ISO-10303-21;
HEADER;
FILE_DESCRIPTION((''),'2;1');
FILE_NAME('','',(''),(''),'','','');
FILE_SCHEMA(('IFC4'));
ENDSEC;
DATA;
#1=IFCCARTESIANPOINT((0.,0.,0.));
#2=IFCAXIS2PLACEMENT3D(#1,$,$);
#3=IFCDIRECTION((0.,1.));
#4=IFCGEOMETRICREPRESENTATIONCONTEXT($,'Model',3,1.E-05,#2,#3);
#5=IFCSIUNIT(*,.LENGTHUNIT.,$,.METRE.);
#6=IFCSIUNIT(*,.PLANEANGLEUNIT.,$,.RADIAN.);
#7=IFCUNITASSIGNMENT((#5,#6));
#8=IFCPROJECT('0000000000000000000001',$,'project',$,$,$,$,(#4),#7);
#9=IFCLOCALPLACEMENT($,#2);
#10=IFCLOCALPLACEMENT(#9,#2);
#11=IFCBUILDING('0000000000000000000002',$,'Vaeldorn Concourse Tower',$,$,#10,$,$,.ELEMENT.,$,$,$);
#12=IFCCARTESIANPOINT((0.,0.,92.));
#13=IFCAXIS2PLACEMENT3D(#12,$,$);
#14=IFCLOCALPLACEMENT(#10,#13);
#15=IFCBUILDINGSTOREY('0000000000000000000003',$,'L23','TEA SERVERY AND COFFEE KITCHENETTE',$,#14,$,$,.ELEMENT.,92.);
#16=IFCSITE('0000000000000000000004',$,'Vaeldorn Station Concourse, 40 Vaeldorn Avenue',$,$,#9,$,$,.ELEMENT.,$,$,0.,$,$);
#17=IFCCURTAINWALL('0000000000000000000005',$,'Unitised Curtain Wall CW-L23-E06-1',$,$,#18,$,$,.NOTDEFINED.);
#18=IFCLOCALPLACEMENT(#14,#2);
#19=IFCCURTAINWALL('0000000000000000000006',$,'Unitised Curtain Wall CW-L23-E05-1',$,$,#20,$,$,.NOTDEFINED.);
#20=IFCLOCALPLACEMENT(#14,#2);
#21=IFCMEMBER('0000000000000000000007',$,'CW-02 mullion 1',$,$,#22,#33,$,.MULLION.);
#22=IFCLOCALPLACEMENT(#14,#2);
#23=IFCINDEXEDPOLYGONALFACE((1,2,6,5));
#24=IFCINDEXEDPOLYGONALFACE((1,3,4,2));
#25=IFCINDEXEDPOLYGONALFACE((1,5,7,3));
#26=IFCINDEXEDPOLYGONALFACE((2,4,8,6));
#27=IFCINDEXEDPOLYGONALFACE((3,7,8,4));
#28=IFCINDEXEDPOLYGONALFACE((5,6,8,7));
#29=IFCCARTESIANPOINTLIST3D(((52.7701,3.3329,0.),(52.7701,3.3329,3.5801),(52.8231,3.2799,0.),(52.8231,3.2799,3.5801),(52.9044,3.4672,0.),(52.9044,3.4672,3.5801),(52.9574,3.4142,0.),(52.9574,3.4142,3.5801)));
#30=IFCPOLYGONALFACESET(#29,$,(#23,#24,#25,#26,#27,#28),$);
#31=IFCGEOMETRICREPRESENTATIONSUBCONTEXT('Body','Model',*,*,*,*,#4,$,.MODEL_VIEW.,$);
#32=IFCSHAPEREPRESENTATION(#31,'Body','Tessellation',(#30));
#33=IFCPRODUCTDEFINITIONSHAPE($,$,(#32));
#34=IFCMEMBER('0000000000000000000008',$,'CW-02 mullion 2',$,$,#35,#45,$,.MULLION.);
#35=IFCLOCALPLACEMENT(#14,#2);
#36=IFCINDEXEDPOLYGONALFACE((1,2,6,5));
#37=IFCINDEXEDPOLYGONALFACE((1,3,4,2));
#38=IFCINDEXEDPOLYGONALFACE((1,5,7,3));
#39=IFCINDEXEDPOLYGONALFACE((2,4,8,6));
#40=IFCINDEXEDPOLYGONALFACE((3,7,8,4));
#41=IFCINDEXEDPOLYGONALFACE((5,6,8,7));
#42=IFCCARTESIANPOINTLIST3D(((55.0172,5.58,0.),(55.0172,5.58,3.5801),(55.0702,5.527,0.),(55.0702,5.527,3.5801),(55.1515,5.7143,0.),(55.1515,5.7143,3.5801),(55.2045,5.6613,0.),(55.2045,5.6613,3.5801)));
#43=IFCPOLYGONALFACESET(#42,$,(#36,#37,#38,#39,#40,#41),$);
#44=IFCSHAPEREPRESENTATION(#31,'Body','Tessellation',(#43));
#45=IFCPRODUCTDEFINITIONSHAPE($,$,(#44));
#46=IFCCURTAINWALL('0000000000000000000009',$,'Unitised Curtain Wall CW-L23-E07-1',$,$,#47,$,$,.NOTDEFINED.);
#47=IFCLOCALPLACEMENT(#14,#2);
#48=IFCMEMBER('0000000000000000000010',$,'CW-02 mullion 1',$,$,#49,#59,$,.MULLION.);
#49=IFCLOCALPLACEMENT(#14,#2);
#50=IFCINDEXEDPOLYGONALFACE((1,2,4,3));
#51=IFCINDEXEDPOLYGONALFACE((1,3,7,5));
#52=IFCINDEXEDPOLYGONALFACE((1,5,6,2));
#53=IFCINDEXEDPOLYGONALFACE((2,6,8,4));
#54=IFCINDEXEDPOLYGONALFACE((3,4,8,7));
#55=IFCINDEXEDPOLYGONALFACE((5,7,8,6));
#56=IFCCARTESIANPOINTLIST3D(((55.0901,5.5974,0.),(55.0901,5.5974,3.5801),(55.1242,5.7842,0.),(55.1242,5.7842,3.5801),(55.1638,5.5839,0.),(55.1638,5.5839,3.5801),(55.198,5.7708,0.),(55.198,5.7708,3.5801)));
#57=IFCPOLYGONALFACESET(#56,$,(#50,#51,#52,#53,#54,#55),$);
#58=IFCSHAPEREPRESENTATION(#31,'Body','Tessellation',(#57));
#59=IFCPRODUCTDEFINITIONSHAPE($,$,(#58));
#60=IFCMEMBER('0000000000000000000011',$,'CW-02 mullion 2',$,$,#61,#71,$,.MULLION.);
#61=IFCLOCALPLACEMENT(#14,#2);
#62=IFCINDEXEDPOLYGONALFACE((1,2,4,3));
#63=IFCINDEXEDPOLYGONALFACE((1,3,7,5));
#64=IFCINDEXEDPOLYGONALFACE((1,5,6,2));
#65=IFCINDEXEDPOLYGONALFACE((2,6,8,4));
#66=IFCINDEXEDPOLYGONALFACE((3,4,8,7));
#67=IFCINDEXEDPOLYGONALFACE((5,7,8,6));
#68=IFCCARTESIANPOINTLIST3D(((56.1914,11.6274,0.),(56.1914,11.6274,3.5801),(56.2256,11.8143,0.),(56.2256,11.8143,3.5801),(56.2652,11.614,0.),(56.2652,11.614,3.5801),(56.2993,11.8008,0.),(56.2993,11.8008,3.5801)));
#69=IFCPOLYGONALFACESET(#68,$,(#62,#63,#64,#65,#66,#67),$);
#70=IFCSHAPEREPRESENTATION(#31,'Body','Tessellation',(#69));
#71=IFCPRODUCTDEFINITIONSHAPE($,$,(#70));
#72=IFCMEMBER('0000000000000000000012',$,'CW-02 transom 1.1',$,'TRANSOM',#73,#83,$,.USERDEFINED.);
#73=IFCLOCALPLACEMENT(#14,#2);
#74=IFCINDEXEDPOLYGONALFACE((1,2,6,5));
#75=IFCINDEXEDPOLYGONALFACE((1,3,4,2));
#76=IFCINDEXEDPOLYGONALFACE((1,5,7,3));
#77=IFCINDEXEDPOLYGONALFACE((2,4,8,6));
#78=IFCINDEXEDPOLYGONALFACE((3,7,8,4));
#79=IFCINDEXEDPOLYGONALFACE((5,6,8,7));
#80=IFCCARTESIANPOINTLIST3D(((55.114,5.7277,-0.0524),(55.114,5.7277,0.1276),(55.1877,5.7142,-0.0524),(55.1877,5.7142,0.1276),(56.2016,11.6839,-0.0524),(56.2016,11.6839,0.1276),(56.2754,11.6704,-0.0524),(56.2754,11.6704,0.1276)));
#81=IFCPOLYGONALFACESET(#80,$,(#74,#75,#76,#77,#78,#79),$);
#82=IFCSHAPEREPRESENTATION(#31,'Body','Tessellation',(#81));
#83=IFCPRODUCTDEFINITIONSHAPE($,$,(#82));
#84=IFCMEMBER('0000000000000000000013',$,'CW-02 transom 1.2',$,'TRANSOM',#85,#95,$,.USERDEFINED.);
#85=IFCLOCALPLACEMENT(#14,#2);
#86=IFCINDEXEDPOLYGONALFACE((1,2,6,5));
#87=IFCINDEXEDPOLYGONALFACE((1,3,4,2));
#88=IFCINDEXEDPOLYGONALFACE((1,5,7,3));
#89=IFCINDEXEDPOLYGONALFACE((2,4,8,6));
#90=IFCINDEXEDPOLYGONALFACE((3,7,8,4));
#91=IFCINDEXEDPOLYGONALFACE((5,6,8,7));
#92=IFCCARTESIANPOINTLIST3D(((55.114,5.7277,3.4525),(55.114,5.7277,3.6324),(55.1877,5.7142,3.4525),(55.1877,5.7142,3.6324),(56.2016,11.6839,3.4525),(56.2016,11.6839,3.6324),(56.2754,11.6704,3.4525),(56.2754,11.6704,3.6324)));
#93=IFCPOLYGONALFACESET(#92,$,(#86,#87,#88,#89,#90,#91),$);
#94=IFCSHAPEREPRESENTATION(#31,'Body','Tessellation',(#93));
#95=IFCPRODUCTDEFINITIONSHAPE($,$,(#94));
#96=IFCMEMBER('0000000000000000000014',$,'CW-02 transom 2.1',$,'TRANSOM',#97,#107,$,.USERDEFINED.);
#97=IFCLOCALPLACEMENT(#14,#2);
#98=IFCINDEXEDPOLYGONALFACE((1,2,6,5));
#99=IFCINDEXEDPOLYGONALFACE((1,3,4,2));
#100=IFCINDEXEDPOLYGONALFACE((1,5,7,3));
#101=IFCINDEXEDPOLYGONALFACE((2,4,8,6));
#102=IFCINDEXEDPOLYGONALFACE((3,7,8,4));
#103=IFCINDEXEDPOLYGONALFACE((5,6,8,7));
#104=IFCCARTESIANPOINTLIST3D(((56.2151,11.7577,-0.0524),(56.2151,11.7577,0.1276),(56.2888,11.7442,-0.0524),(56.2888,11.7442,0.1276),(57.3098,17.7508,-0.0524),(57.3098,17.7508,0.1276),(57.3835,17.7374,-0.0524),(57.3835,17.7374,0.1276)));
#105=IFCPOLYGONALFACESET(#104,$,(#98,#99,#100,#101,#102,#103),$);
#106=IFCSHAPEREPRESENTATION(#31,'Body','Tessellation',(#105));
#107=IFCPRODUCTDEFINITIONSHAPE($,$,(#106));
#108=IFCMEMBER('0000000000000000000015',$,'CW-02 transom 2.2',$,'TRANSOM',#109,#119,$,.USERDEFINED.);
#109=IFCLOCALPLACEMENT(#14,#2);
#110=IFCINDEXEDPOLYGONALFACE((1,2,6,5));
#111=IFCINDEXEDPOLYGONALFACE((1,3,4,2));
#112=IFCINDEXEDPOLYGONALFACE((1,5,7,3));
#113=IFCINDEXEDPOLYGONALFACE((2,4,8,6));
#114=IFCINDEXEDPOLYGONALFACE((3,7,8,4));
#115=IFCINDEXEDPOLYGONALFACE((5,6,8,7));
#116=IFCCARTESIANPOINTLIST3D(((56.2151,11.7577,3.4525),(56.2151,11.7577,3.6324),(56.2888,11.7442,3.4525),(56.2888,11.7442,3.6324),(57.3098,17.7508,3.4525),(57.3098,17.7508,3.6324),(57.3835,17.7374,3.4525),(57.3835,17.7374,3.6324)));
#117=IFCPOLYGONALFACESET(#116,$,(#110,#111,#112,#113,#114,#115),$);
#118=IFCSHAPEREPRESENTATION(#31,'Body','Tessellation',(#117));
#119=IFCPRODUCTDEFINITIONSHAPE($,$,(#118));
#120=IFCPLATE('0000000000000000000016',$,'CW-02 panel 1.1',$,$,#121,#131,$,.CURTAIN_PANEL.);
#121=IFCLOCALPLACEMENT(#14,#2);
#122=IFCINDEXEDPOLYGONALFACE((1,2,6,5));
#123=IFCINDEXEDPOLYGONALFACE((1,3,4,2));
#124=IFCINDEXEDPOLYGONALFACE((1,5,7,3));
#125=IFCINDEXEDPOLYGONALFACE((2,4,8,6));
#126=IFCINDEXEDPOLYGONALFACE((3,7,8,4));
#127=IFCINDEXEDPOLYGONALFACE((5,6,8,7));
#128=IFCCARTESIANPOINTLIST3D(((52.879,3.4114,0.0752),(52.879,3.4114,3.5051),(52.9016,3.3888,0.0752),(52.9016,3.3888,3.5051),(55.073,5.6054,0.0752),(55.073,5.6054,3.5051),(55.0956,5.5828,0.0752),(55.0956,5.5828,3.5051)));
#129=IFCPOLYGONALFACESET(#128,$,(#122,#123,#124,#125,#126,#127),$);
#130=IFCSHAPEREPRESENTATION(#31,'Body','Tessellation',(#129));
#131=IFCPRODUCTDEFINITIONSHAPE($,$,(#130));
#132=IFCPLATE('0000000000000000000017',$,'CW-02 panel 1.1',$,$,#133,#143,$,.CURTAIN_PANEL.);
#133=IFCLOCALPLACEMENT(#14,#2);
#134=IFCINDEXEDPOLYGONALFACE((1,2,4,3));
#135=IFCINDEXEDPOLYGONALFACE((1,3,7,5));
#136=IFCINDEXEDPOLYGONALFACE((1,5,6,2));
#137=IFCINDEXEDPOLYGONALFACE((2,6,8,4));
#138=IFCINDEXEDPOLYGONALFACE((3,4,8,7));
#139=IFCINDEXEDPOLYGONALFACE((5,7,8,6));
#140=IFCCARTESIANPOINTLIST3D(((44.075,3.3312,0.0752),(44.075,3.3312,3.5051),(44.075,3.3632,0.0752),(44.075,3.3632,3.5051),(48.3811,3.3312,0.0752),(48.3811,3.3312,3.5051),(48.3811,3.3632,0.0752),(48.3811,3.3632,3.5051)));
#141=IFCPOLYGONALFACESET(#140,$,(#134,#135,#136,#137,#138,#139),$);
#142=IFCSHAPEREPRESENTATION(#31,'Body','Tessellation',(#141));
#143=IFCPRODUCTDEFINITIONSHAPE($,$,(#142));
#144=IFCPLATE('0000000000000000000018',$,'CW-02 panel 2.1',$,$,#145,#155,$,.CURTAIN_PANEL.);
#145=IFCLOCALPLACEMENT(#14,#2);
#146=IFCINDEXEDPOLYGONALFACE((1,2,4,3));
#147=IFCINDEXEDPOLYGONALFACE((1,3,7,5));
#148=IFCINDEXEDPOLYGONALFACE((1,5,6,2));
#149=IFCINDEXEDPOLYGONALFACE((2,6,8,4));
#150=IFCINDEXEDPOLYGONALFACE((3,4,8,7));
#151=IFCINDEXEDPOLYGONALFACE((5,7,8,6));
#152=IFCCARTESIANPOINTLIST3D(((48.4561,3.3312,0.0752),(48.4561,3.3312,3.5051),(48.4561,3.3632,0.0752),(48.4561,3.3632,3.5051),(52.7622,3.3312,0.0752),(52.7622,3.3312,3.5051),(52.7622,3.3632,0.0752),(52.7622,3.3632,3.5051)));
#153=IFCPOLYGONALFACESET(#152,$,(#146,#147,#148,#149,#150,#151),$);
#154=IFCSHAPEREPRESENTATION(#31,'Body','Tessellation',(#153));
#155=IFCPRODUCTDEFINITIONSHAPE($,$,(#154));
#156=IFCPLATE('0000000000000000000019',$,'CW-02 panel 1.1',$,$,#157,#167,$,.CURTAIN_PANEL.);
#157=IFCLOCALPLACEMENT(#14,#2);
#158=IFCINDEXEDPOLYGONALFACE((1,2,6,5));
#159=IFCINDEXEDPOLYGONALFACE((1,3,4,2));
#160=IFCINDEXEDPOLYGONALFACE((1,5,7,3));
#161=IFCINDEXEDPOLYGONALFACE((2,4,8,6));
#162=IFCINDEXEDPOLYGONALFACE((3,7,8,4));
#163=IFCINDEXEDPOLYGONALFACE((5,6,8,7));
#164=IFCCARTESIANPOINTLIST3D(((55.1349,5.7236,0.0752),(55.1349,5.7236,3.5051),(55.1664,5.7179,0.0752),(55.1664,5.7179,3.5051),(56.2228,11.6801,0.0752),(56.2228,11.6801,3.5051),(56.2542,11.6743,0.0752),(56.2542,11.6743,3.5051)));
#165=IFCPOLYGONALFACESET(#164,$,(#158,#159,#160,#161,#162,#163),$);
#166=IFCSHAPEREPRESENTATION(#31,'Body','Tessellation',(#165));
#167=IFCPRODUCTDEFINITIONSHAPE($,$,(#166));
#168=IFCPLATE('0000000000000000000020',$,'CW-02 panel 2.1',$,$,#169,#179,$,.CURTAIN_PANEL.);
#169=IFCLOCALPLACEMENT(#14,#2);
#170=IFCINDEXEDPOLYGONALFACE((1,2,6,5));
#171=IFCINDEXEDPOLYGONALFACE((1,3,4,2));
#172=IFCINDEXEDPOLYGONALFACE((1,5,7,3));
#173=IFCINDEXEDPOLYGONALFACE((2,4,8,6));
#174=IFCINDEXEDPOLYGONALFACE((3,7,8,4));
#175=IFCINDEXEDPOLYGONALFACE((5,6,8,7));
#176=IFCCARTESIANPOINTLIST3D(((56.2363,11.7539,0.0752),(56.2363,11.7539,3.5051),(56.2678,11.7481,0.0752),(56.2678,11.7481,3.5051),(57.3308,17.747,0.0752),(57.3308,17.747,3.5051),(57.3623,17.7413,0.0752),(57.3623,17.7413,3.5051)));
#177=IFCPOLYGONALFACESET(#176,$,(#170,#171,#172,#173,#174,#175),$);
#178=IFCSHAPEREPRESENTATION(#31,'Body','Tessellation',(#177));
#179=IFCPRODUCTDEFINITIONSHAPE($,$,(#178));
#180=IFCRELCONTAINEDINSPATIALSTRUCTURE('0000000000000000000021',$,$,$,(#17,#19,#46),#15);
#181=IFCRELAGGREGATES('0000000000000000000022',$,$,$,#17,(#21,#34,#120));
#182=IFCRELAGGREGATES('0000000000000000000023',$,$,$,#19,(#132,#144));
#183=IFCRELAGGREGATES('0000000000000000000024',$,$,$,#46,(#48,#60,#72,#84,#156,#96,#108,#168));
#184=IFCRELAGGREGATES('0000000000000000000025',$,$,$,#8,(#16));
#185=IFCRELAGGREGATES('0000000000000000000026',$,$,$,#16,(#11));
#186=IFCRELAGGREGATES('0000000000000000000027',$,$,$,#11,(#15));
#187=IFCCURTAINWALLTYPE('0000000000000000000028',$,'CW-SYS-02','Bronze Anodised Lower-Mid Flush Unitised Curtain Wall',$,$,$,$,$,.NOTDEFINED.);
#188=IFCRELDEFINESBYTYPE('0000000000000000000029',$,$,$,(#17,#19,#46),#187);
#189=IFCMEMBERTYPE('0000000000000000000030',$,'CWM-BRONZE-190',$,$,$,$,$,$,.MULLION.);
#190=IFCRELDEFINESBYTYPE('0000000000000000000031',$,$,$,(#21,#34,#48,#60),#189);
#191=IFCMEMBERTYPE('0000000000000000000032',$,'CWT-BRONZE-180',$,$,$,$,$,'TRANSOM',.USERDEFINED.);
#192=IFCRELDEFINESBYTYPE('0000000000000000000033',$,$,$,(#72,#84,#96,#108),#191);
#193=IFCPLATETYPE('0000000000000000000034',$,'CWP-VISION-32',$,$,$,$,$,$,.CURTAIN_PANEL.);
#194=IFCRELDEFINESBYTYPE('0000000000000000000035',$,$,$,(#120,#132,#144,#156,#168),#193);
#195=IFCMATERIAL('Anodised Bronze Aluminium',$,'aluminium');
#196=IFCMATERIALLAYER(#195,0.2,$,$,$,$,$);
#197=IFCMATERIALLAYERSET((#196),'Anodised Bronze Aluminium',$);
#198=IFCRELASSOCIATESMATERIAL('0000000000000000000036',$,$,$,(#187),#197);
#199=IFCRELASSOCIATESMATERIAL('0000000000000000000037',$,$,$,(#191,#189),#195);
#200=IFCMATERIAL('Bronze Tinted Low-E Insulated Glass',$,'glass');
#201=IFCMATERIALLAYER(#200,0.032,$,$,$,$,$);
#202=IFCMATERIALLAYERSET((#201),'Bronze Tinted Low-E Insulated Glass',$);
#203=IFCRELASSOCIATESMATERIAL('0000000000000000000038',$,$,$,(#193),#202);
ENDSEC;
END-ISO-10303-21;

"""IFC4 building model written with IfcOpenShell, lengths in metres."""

from ifc_helpers import new_model, si_unit, direction, frame, origin, origin_2d, place, context, subcontext, project, spatial, rectangle, extrude, source, transform, mapped, material, layer, layer_set, material_profile, profile_set, type_object, element, aggregate, save


model = new_model("IFC4")

# Units and contexts
model_context = context("Model", 3, precision=1e-05, world=origin(), true_north=direction((0.0, 1.0)))
body_context = subcontext(model_context, "Body", "Model", "MODEL_VIEW")
ifc_project = project(units=[si_unit("LENGTHUNIT", "METRE"), si_unit("PLANEANGLEUNIT", "RADIAN")], contexts=[model_context])

# Site, building, storey
site_placement = place(None, origin())
site = spatial("IfcSite", under=ifc_project, at=site_placement, Name="Vaeldorn Station Concourse, 40 Vaeldorn Avenue", CompositionType="ELEMENT", RefElevation=0.0)
building_placement = place(site_placement, origin())
building = spatial("IfcBuilding", under=site, at=building_placement, Name="Vaeldorn Concourse Tower", CompositionType="ELEMENT")
storey_placement = place(building_placement, frame((0.0, 0.0, 92.0)))
storey = spatial("IfcBuildingStorey", under=building, at=storey_placement, Name="L23", Description="TEA SERVERY AND COFFEE KITCHENETTE", CompositionType="ELEMENT", Elevation=92.0)

# Curtain walls
ifc_material_1 = material(Name="Anodised Bronze Aluminium", Category="aluminium")
ifc_layer_1 = layer(ifc_material_1, 0.2)
ifc_layer_set_1 = layer_set([ifc_layer_1], Name="Anodised Bronze Aluminium")
curtain_wall_type = type_object("IfcCurtainWallType", Name="CW-SYS-02", Description="Bronze Anodised Lower-Mid Flush Unitised Curtain Wall", PredefinedType="NOTDEFINED", material=ifc_layer_set_1)
curtain_wall_1_placement = place(storey_placement, origin())
curtain_wall_1 = element("IfcCurtainWall", 1, at=curtain_wall_1_placement, inside=storey, type_object=curtain_wall_type, Name="Unitised Curtain Wall CW-L23-E06-1", PredefinedType="NOTDEFINED")
ifc_material_profile_1 = material_profile(ifc_material_1, rectangle(XDim=0.075, YDim=0.1799, at=origin_2d()), Name="CWT 75x180")
ifc_profile_set_1 = profile_set([ifc_material_profile_1], Name="Anodised Bronze Aluminium")
member_type_1 = type_object("IfcMemberType", Name="CWT-BRONZE-180", ElementType="TRANSOM", PredefinedType="USERDEFINED", material=ifc_profile_set_1)
curtain_wall_2_placement = place(storey_placement, origin())
curtain_wall_2 = element("IfcCurtainWall", 2, at=curtain_wall_2_placement, inside=storey, type_object=curtain_wall_type, Name="Unitised Curtain Wall CW-L23-E05-1", PredefinedType="NOTDEFINED")
ifc_material_profile_2 = material_profile(ifc_material_1, rectangle(XDim=0.075, YDim=0.1899, at=origin_2d()), Name="CWM 75x190")
ifc_profile_set_2 = profile_set([ifc_material_profile_2], Name="Anodised Bronze Aluminium")
member_type_2 = type_object("IfcMemberType", Name="CWM-BRONZE-190", PredefinedType="MULLION", material=ifc_profile_set_2)
shared_shape_1 = source(origin(), body_context, "Body", "SweptSolid", [
    extrude(rectangle(XDim=0.075, YDim=0.1899, at=origin_2d()), origin(), (0.0, 0.0, 1.0), 3.5801),
])

# Members
member_1_placement = place(storey_placement, frame((52.8638, 3.3735, 0.0), z_axis=(0.0, 0.0, 1.0), x_axis=(-0.707107, 0.707107, 0.0)))
member_1 = element("IfcMember", 3, at=member_1_placement, type_object=member_type_2, Name="CW-02 mullion 1", PredefinedType="MULLION", context=body_context, shape_type="MappedRepresentation", body=[
    mapped(shared_shape_1, transform((0.0, 0.0, 0.0), scale=1.0)),
])
member_2_placement = place(storey_placement, frame((55.1108, 5.6206, 0.0), z_axis=(0.0, 0.0, 1.0), x_axis=(-0.707107, 0.707107, 0.0)))
member_2 = element("IfcMember", 4, at=member_2_placement, type_object=member_type_2, Name="CW-02 mullion 2", PredefinedType="MULLION", context=body_context, shape_type="MappedRepresentation", body=[
    mapped(shared_shape_1, transform((0.0, 0.0, 0.0), scale=1.0)),
])

# Curtain wall, members
curtain_wall_3_placement = place(storey_placement, origin())
curtain_wall_3 = element("IfcCurtainWall", 5, at=curtain_wall_3_placement, inside=storey, type_object=curtain_wall_type, Name="Unitised Curtain Wall CW-L23-E07-1", PredefinedType="NOTDEFINED")
member_3_placement = place(storey_placement, frame((55.144, 5.6841, 0.0), z_axis=(0.0, 0.0, 1.0), x_axis=(-0.983729, 0.179656, 0.0)))
member_3 = element("IfcMember", 6, at=member_3_placement, type_object=member_type_2, Name="CW-02 mullion 1", PredefinedType="MULLION", context=body_context, shape_type="MappedRepresentation", body=[
    mapped(shared_shape_1, transform((0.0, 0.0, 0.0), scale=1.0)),
])
member_4_placement = place(storey_placement, frame((56.2454, 11.7141, 0.0), z_axis=(0.0, 0.0, 1.0), x_axis=(-0.983729, 0.179656, 0.0)))
member_4 = element("IfcMember", 7, at=member_4_placement, type_object=member_type_2, Name="CW-02 mullion 2", PredefinedType="MULLION", context=body_context, shape_type="MappedRepresentation", body=[
    mapped(shared_shape_1, transform((0.0, 0.0, 0.0), scale=1.0)),
])
shared_shape_2 = source(origin(), body_context, "Body", "SweptSolid", [
    extrude(rectangle(XDim=0.075, YDim=0.1799, at=origin_2d()), origin(), (0.0, 0.0, 1.0), 6.0547),
])
member_5_placement = place(storey_placement, frame((55.1509, 5.7209, 0.0376), z_axis=(0.179634, 0.983733, 0.0), x_axis=(-0.983733, 0.179634, 0.0)))
member_5 = element("IfcMember", 8, at=member_5_placement, type_object=member_type_1, Name="CW-02 transom 1.1", ObjectType="TRANSOM", PredefinedType="USERDEFINED", context=body_context, shape_type="MappedRepresentation", body=[
    mapped(shared_shape_2, transform((0.0, 0.0, 0.0), scale=1.0)),
])
member_6_placement = place(storey_placement, frame((55.1509, 5.7209, 3.5425), z_axis=(0.179634, 0.983733, 0.0), x_axis=(-0.983733, 0.179634, 0.0)))
member_6 = element("IfcMember", 9, at=member_6_placement, type_object=member_type_1, Name="CW-02 transom 1.2", ObjectType="TRANSOM", PredefinedType="USERDEFINED", context=body_context, shape_type="MappedRepresentation", body=[
    mapped(shared_shape_2, transform((0.0, 0.0, 0.0), scale=1.0)),
])
shared_shape_3 = source(origin(), body_context, "Body", "SweptSolid", [
    extrude(rectangle(XDim=0.075, YDim=0.1799, at=origin_2d()), origin(), (0.0, 0.0, 1.0), 6.0923),
])
member_7_placement = place(storey_placement, frame((56.252, 11.751, 0.0376), z_axis=(0.179689, 0.983723, 0.0), x_axis=(-0.983723, 0.179689, 0.0)))
member_7 = element("IfcMember", 10, at=member_7_placement, type_object=member_type_1, Name="CW-02 transom 2.1", ObjectType="TRANSOM", PredefinedType="USERDEFINED", context=body_context, shape_type="MappedRepresentation", body=[
    mapped(shared_shape_3, transform((0.0, 0.0, 0.0), scale=1.0)),
])
member_8_placement = place(storey_placement, frame((56.252, 11.751, 3.5425), z_axis=(0.179689, 0.983723, 0.0), x_axis=(-0.983723, 0.179689, 0.0)))
member_8 = element("IfcMember", 11, at=member_8_placement, type_object=member_type_1, Name="CW-02 transom 2.2", ObjectType="TRANSOM", PredefinedType="USERDEFINED", context=body_context, shape_type="MappedRepresentation", body=[
    mapped(shared_shape_3, transform((0.0, 0.0, 0.0), scale=1.0)),
])

# Plates
ifc_material_2 = material(Name="Bronze Tinted Low-E Insulated Glass", Category="glass")
ifc_layer_2 = layer(ifc_material_2, 0.032)
ifc_layer_set_2 = layer_set([ifc_layer_2], Name="Bronze Tinted Low-E Insulated Glass")
plate_type = type_object("IfcPlateType", Name="CWP-VISION-32", PredefinedType="CURTAIN_PANEL", material=ifc_layer_set_2)
shared_shape_4 = source(origin(), body_context, "Body", "SweptSolid", [
    extrude(rectangle(XDim=3.1028, YDim=0.032, at=origin_2d()), origin(), (0.0, 0.0, 1.0), 3.4299),
])
plate_1_placement = place(storey_placement, frame((53.9873, 4.4971, 0.0752), z_axis=(0.0, 0.0, 1.0), x_axis=(0.707107, 0.707107, 0.0)))
plate_1 = element("IfcPlate", 12, at=plate_1_placement, type_object=plate_type, Name="CW-02 panel 1.1", PredefinedType="CURTAIN_PANEL", context=body_context, shape_type="MappedRepresentation", body=[
    mapped(shared_shape_4, transform((0.0, 0.0, 0.0), scale=1.0)),
])
aggregate(curtain_wall_1, [member_1, member_2, plate_1])
shared_shape_5 = source(origin(), body_context, "Body", "SweptSolid", [
    extrude(rectangle(XDim=4.3062, YDim=0.032, at=origin_2d()), origin(), (0.0, 0.0, 1.0), 3.4299),
])
plate_2_placement = place(storey_placement, frame((46.228, 3.3472, 0.0752), z_axis=(0.0, 0.0, 1.0), x_axis=(1.0, 0.0, 0.0)))
plate_2 = element("IfcPlate", 13, at=plate_2_placement, type_object=plate_type, Name="CW-02 panel 1.1", PredefinedType="CURTAIN_PANEL", context=body_context, shape_type="MappedRepresentation", body=[
    mapped(shared_shape_5, transform((0.0, 0.0, 0.0), scale=1.0)),
])
plate_3_placement = place(storey_placement, frame((50.6091, 3.3472, 0.0752), z_axis=(0.0, 0.0, 1.0), x_axis=(1.0, 0.0, 0.0)))
plate_3 = element("IfcPlate", 14, at=plate_3_placement, type_object=plate_type, Name="CW-02 panel 2.1", PredefinedType="CURTAIN_PANEL", context=body_context, shape_type="MappedRepresentation", body=[
    mapped(shared_shape_5, transform((0.0, 0.0, 0.0), scale=1.0)),
])
aggregate(curtain_wall_2, [plate_2, plate_3])
shared_shape_6 = source(origin(), body_context, "Body", "SweptSolid", [
    extrude(rectangle(XDim=6.0549, YDim=0.032, at=origin_2d()), origin(), (0.0, 0.0, 1.0), 3.4299),
])
plate_4_placement = place(storey_placement, frame((55.6946, 8.699, 0.0752), z_axis=(0.0, 0.0, 1.0), x_axis=(0.179656, 0.983729, 0.0)))
plate_4 = element("IfcPlate", 15, at=plate_4_placement, type_object=plate_type, Name="CW-02 panel 1.1", PredefinedType="CURTAIN_PANEL", context=body_context, shape_type="MappedRepresentation", body=[
    mapped(shared_shape_6, transform((0.0, 0.0, 0.0), scale=1.0)),
])
shared_shape_7 = source(origin(), body_context, "Body", "SweptSolid", [
    extrude(rectangle(XDim=6.0923, YDim=0.032, at=origin_2d()), origin(), (0.0, 0.0, 1.0), 3.4299),
])
plate_5_placement = place(storey_placement, frame((56.7993, 14.7476, 0.0752), z_axis=(0.0, 0.0, 1.0), x_axis=(0.179656, 0.983729, 0.0)))
plate_5 = element("IfcPlate", 16, at=plate_5_placement, type_object=plate_type, Name="CW-02 panel 2.1", PredefinedType="CURTAIN_PANEL", context=body_context, shape_type="MappedRepresentation", body=[
    mapped(shared_shape_7, transform((0.0, 0.0, 0.0), scale=1.0)),
])
aggregate(curtain_wall_3, [member_3, member_4, member_5, member_6, plate_4, member_7, member_8, plate_5])

save(model, "model.ifc")
